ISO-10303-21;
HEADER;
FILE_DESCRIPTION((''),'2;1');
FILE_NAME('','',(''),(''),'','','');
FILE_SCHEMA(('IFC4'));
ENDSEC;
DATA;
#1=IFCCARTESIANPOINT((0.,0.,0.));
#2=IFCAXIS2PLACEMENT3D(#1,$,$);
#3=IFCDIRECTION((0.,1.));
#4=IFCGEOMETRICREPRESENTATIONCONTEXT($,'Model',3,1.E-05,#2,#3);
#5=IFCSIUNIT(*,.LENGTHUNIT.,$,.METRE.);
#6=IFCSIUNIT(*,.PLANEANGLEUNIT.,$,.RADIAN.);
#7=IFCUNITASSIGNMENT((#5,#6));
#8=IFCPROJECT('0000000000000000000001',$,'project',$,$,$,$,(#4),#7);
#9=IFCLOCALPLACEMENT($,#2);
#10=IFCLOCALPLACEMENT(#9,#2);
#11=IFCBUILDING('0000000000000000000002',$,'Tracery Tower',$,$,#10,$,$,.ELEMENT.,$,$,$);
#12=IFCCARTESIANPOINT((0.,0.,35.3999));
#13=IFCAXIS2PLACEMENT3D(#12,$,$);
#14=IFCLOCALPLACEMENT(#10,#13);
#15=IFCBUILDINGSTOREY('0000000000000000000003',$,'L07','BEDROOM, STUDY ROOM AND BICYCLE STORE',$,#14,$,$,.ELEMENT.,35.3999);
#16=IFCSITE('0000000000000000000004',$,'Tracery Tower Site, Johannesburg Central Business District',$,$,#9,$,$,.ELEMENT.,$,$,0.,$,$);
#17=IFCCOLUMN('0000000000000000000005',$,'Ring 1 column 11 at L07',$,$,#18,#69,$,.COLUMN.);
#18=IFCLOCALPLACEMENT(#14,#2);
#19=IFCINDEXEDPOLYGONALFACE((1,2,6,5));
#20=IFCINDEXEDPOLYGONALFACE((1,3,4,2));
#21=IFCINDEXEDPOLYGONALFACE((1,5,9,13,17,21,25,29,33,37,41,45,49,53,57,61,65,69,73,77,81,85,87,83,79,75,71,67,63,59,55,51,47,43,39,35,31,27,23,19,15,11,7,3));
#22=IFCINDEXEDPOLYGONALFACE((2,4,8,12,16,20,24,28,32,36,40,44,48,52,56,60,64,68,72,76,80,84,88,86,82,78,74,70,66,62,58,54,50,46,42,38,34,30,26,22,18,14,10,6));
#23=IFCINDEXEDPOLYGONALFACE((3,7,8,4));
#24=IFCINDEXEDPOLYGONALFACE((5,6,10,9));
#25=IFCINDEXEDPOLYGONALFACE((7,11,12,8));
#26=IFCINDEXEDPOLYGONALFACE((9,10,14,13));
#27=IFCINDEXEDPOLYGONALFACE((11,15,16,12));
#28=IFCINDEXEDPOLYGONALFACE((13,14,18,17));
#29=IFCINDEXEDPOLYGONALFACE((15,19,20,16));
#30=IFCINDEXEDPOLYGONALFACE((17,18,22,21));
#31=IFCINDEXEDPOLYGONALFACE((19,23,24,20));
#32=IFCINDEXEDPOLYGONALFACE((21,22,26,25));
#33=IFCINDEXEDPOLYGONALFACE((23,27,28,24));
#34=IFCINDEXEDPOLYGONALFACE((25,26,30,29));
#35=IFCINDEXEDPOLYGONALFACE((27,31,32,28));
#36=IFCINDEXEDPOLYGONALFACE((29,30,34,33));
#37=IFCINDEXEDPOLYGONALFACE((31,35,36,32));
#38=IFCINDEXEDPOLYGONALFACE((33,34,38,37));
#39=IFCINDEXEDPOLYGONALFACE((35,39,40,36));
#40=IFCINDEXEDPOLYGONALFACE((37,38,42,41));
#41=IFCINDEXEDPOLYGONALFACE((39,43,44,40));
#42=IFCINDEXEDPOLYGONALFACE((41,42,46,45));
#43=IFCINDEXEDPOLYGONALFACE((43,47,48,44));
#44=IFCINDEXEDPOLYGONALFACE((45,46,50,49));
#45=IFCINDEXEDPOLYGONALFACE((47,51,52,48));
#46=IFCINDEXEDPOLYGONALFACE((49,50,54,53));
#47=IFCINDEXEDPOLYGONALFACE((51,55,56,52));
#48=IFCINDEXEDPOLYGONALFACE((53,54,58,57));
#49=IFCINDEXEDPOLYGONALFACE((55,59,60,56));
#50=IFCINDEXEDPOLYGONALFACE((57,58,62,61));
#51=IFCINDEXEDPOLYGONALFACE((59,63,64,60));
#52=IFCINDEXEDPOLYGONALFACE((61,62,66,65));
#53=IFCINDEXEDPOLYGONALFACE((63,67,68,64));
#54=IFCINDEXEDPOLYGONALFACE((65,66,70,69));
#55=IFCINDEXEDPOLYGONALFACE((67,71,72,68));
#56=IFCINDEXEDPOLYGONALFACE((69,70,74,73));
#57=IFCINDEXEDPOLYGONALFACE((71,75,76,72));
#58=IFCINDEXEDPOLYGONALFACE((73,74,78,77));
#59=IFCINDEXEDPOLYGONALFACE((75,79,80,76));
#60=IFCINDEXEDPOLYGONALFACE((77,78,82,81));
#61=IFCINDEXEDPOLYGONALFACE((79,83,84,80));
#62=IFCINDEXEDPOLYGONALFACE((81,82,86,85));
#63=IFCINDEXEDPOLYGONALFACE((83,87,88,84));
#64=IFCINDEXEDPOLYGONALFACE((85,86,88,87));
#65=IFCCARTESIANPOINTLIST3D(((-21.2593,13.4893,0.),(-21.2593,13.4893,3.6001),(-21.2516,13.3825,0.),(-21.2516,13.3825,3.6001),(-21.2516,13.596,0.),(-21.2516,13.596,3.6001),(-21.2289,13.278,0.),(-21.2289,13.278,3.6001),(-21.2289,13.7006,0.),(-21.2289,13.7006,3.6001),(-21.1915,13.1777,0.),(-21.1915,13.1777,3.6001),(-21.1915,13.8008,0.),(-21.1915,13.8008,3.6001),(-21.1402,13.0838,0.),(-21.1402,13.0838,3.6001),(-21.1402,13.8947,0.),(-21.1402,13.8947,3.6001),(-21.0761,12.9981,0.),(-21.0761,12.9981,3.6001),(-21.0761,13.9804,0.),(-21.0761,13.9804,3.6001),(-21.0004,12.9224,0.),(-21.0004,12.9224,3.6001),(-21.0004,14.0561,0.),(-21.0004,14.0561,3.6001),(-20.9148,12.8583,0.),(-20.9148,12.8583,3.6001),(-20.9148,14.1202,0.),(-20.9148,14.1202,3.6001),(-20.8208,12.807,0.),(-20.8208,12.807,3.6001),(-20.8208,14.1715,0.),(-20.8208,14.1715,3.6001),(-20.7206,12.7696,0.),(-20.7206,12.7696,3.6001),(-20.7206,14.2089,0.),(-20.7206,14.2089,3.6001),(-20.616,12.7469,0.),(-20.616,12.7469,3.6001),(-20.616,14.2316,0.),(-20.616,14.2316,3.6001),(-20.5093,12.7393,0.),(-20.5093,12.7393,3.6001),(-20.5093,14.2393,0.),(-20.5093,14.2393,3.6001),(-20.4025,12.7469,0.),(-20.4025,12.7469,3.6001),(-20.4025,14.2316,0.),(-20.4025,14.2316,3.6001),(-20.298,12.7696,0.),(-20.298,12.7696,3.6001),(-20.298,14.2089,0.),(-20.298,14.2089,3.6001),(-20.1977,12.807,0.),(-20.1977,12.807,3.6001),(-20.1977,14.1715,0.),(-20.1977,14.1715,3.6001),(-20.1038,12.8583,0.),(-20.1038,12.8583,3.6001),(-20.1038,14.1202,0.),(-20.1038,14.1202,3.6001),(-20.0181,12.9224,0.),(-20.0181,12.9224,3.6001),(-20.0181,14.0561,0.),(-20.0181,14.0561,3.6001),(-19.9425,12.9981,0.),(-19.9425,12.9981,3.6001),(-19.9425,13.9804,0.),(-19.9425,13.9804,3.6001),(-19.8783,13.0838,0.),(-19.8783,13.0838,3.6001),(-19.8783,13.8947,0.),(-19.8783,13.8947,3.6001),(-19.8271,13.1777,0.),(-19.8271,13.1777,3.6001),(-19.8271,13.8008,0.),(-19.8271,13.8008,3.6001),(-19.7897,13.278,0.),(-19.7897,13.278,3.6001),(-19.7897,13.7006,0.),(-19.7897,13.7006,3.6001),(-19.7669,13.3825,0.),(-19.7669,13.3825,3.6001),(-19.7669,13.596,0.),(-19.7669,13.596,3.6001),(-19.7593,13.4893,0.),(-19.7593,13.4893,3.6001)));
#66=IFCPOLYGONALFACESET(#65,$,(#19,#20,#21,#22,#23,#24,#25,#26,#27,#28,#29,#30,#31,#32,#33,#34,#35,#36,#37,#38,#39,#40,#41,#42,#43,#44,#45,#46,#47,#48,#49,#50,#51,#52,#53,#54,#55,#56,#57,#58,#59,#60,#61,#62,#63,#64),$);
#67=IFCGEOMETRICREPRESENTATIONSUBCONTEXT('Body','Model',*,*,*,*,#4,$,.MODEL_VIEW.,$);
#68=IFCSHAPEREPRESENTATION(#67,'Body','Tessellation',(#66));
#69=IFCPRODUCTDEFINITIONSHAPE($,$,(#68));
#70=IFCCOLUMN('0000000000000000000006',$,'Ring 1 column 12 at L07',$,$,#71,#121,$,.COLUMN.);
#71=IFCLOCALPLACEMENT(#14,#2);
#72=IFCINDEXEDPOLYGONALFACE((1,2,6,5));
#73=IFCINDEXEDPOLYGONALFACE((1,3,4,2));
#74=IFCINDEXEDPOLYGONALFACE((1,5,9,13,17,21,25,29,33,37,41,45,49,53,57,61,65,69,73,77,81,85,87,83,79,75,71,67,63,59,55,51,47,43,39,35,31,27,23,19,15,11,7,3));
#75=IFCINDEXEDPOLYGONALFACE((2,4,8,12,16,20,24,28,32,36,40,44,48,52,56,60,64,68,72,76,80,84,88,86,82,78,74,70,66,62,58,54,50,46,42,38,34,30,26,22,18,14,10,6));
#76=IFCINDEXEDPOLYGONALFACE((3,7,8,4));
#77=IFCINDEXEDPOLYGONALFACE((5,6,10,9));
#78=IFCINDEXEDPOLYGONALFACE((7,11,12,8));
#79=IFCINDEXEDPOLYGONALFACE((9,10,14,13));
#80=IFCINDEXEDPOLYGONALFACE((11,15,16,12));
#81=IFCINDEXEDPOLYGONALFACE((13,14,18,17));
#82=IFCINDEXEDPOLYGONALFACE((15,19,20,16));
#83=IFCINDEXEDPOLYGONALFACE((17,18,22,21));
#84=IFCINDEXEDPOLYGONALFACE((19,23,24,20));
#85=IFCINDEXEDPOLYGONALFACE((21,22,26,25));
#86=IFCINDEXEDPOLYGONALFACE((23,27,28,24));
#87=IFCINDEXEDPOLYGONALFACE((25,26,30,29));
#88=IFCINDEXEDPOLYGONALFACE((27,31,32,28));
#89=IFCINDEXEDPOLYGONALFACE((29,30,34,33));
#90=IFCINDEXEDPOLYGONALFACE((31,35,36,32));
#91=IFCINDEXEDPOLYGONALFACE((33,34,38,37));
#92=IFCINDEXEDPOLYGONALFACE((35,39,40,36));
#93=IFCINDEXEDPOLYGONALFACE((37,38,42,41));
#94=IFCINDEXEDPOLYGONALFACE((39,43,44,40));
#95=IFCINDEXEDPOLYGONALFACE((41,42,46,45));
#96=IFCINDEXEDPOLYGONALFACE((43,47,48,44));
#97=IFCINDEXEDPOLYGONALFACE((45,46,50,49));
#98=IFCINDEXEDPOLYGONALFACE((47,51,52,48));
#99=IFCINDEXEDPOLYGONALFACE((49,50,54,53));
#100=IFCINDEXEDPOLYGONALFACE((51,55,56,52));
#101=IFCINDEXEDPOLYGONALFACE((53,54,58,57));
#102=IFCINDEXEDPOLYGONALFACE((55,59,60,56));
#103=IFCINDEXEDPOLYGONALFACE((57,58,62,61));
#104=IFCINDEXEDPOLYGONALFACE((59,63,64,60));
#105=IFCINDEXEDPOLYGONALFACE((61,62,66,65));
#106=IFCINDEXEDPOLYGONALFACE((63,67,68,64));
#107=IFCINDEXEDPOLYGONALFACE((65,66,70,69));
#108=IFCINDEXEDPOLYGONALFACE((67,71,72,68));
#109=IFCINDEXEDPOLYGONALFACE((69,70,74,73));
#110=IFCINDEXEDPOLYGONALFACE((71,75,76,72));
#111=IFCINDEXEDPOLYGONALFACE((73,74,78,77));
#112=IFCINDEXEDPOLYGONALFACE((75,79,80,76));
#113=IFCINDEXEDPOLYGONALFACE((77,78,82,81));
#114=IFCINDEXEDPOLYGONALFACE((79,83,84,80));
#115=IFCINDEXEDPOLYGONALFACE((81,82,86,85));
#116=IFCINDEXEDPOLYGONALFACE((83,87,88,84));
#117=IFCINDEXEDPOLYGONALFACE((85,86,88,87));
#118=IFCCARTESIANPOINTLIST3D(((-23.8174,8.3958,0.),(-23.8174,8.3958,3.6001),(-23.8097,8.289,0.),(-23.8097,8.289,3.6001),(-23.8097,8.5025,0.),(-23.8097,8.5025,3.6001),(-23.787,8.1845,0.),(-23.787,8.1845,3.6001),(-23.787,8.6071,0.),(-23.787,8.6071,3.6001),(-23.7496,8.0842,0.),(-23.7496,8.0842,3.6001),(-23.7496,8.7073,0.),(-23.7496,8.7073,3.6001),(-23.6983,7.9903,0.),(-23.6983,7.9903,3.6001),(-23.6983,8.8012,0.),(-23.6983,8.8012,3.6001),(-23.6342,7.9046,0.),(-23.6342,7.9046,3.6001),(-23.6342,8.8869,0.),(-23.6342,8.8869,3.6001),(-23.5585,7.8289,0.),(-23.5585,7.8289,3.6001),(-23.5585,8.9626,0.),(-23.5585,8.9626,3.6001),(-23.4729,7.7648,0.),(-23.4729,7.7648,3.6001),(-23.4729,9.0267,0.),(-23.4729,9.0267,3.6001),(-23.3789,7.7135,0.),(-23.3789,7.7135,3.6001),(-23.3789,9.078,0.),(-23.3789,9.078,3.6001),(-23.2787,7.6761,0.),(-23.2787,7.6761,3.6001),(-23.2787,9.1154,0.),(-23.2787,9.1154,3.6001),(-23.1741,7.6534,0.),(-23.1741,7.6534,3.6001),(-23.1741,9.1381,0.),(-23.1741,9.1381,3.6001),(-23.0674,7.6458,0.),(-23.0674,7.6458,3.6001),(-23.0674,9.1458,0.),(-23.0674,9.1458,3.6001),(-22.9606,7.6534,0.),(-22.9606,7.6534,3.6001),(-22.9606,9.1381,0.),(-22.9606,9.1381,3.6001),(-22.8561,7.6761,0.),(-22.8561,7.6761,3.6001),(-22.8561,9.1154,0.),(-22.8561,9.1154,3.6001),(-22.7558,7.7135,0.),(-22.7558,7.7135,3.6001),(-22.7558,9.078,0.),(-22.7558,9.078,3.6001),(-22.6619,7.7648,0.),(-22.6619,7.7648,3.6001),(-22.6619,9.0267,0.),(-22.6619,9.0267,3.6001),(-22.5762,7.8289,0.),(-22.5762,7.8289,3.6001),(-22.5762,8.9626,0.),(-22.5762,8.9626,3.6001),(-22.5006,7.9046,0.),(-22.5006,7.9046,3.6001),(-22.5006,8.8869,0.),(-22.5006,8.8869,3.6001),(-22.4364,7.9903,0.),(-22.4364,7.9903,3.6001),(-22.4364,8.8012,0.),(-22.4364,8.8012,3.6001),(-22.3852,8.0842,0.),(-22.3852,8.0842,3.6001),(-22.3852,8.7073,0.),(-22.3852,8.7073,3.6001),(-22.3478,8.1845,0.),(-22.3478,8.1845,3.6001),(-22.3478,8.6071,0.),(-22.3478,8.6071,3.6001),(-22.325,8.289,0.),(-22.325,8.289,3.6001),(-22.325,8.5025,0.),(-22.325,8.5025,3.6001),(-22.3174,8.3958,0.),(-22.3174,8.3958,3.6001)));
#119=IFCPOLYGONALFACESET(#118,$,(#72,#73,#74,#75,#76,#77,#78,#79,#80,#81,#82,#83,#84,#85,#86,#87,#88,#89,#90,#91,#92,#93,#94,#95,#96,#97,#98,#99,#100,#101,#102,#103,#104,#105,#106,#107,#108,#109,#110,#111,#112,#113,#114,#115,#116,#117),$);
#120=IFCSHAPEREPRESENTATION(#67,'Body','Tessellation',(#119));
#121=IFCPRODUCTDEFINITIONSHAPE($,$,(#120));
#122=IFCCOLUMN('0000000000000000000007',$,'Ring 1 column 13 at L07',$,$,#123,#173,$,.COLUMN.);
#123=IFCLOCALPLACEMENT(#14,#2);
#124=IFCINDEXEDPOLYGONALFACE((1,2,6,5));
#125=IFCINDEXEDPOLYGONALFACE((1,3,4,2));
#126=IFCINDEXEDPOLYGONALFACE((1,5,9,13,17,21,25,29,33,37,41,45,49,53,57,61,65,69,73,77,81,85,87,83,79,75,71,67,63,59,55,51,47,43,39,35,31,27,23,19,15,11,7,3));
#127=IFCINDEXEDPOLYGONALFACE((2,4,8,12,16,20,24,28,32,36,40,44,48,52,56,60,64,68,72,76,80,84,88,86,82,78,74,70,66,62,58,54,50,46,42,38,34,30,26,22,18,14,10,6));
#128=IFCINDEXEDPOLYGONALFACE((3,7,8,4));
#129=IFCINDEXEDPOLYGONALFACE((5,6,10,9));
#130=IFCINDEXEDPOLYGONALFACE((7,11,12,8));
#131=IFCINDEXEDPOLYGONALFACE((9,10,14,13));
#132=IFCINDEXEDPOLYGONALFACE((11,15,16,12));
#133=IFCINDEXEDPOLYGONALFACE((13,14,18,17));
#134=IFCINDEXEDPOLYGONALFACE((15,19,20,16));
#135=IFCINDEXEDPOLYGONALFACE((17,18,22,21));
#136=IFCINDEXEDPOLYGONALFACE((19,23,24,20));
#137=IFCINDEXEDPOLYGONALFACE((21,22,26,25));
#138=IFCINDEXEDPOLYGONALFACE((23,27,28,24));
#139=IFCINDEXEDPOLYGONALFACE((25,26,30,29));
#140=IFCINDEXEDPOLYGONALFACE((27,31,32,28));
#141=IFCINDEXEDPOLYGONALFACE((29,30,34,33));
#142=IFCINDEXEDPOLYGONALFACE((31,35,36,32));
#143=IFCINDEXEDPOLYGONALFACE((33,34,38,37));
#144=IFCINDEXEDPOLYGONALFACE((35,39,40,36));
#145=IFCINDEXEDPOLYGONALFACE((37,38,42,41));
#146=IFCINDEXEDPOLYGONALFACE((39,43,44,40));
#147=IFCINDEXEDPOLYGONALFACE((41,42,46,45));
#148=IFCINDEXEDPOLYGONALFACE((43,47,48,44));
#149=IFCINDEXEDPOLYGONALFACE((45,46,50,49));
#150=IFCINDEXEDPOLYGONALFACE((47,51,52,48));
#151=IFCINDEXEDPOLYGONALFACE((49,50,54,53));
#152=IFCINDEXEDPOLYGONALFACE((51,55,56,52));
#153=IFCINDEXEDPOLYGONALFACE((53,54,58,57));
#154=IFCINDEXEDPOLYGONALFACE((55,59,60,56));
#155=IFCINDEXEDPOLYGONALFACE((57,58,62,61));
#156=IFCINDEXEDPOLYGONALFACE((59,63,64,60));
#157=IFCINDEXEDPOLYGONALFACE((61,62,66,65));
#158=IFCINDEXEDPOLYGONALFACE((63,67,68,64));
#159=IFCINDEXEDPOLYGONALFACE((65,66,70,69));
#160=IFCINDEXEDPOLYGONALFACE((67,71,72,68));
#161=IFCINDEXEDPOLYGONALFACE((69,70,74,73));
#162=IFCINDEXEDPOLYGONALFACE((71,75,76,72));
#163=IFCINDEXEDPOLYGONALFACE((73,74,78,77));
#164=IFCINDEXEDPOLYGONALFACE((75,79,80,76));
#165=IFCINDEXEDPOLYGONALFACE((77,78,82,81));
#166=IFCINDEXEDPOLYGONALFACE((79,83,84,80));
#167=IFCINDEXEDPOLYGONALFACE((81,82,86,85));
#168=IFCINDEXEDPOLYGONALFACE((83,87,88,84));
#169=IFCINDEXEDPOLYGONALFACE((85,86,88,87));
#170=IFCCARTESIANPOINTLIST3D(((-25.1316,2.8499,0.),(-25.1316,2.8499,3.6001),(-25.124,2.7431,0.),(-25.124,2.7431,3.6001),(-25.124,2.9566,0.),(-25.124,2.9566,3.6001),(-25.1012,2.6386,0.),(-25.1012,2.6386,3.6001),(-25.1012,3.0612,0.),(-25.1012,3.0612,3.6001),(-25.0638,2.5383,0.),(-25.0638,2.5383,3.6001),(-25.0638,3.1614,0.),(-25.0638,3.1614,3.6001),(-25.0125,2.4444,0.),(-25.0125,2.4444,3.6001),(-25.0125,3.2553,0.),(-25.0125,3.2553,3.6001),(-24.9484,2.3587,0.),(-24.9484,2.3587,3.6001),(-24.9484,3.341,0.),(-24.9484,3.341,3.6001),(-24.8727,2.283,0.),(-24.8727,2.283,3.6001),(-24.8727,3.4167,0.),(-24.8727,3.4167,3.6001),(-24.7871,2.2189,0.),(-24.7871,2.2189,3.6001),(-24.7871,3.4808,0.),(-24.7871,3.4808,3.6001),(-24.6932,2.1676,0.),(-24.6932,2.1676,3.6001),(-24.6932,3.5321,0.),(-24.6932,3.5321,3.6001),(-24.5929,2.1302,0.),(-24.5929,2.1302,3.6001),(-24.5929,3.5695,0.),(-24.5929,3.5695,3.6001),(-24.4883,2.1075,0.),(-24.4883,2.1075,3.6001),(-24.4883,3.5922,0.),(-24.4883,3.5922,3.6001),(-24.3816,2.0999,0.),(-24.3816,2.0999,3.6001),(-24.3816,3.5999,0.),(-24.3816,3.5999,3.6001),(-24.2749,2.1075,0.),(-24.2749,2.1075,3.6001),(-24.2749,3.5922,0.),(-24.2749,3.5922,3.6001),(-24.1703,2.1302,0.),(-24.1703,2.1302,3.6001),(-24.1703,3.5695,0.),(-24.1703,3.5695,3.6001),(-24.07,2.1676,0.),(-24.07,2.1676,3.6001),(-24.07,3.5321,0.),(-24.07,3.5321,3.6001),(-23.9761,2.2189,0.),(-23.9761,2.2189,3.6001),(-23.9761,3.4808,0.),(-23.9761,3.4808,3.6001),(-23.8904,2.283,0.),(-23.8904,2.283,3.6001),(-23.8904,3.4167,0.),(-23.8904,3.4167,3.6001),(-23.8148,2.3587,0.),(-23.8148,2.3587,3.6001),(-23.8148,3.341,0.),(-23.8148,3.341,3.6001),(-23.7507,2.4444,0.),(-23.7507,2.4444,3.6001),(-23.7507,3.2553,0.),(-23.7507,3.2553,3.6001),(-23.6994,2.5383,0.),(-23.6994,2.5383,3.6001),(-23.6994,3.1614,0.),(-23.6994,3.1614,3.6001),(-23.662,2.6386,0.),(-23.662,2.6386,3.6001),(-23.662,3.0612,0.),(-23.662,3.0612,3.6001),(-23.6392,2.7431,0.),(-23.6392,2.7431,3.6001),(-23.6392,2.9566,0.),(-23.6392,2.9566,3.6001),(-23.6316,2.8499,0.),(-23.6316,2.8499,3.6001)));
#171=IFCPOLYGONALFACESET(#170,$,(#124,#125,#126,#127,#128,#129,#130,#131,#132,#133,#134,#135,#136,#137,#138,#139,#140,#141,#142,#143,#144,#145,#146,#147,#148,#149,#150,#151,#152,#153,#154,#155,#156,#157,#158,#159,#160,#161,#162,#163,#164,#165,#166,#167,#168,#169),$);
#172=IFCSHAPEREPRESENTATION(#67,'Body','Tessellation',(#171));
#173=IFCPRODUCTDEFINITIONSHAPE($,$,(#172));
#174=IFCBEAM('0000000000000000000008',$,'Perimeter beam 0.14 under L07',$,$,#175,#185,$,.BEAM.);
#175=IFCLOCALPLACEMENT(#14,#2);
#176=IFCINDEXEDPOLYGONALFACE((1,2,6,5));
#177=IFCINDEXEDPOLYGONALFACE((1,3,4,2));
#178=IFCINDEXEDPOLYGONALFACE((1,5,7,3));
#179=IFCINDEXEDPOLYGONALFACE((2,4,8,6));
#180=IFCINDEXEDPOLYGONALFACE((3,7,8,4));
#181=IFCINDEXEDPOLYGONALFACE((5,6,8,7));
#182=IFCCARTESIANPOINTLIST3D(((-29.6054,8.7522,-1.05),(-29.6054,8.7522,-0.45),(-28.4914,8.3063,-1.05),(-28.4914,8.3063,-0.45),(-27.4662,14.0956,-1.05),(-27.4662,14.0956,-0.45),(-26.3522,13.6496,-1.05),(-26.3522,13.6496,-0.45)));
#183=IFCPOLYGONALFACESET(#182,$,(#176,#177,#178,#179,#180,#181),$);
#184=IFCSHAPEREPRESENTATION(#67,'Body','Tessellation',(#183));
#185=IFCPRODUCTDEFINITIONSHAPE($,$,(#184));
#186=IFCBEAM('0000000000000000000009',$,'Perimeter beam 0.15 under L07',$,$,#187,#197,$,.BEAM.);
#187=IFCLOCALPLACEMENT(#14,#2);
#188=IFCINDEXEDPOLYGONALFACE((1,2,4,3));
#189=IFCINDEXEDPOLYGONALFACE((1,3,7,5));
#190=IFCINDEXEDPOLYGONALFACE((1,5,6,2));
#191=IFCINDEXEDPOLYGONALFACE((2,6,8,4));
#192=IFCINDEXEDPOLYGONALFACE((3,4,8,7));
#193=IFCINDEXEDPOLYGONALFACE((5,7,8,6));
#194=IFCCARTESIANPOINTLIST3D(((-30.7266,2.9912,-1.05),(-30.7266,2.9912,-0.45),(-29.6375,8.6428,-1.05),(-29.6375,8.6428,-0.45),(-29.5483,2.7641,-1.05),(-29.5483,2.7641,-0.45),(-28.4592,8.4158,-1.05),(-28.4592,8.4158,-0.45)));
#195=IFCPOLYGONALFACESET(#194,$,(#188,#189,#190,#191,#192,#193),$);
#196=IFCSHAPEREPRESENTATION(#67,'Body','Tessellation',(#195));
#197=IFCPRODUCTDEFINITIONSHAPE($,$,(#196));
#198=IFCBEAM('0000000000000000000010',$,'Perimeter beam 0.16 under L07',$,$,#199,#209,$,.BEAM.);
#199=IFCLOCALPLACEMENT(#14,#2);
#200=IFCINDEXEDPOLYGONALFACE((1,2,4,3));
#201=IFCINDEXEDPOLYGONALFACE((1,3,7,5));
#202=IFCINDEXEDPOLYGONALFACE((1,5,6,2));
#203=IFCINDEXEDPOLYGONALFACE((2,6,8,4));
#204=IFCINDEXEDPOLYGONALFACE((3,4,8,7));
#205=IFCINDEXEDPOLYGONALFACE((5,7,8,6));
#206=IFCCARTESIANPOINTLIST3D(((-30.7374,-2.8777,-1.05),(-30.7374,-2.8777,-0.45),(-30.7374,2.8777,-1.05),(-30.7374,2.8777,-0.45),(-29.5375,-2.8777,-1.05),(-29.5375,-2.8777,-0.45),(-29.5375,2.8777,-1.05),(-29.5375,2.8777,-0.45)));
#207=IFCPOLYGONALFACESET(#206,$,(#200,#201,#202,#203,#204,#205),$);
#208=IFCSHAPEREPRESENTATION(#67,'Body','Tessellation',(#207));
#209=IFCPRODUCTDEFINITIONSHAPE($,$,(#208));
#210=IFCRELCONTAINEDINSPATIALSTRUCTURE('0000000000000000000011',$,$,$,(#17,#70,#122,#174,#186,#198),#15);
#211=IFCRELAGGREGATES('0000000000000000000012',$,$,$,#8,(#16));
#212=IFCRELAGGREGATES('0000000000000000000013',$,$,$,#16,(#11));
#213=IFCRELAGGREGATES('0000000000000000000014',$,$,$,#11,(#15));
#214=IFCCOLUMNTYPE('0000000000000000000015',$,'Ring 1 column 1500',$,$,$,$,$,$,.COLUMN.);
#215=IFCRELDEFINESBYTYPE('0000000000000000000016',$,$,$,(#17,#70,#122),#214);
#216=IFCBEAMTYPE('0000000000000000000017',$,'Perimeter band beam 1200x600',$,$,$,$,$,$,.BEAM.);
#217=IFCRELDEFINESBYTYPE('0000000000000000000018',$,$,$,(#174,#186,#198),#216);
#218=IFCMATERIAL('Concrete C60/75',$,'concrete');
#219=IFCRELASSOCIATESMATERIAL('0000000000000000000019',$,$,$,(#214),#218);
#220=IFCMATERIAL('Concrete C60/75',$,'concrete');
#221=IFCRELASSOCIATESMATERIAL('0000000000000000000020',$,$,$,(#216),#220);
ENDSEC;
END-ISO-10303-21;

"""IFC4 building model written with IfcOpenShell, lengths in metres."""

from ifc_helpers import new_model, si_unit, direction, frame, origin, origin_2d, place, context, subcontext, project, spatial, rectangle, circle, extrude, material, material_profile, profile_set, type_object, element, save


model = new_model("IFC4")

# Units and contexts
model_context = context("Model", 3, precision=1e-05, world=origin(), true_north=direction((0.0, 1.0)))
body_context = subcontext(model_context, "Body", "Model", "MODEL_VIEW")
ifc_project = project(units=[si_unit("LENGTHUNIT", "METRE"), si_unit("PLANEANGLEUNIT", "RADIAN")], contexts=[model_context])

# Site, building, storey
site_placement = place(None, origin())
site = spatial("IfcSite", under=ifc_project, at=site_placement, Name="Tracery Tower Site, Johannesburg Central Business District", CompositionType="ELEMENT", RefElevation=0.0)
building_placement = place(site_placement, origin())
building = spatial("IfcBuilding", under=site, at=building_placement, Name="Tracery Tower", CompositionType="ELEMENT")
storey_placement = place(building_placement, frame((0.0, 0.0, 35.3999)))
storey = spatial("IfcBuildingStorey", under=building, at=storey_placement, Name="L07", Description="BEDROOM, STUDY ROOM AND BICYCLE STORE", CompositionType="ELEMENT", Elevation=35.3999)

# Columns
ifc_material_1 = material(Name="Concrete C60/75", Category="concrete")
ifc_material_profile_1 = material_profile(ifc_material_1, circle(Radius=0.75, at=origin_2d()), Name="RC D1500")
ifc_profile_set_1 = profile_set([ifc_material_profile_1], Name="Concrete C60/75")
column_type_1 = type_object("IfcColumnType", Name="Ring 1 column 1500", PredefinedType="COLUMN", material=ifc_profile_set_1)
for number, where, z_axis, x_axis, name in (
    (1, (-20.5093, 13.4893, 0.0), (0.0, 0.0, 1.0), (1.0, 0.0, 0.0), "Ring 1 column 11 at L07"),
    (2, (-23.0674, 8.3958, 0.0), (0.0, 0.0, 1.0), (1.0, 0.0, 0.0), "Ring 1 column 12 at L07"),
    (3, (-24.3816, 2.8499, 0.0), (0.0, 0.0, 1.0), (1.0, 0.0, 0.0), "Ring 1 column 13 at L07"),
):
    element("IfcColumn", number, at=place(storey_placement, frame(where, z_axis=z_axis, x_axis=x_axis)), inside=storey, type_object=column_type_1, Name=name, PredefinedType="COLUMN", context=body_context, shape_type="SweptSolid", body=[
        extrude(circle(Radius=0.75, at=origin_2d()), origin(), (0.0, 0.0, 1.0), 3.6001),
    ])

# Beams
ifc_material_2 = material(Name="Concrete C60/75", Category="concrete")
ifc_material_profile_2 = material_profile(ifc_material_2, rectangle(XDim=1.2, YDim=0.6001, at=origin_2d()), Name="RC 1200x600")
ifc_profile_set_2 = profile_set([ifc_material_profile_2], Name="Concrete C60/75")
beam_type = type_object("IfcBeamType", Name="Perimeter band beam 1200x600", PredefinedType="BEAM", material=ifc_profile_set_2)
for number, where, z_axis, x_axis, name in (
    (4, (-26.9092, 13.8726, -0.75), (-0.371669, -0.928365, 0.0), (0.928365, -0.371669, 0.0), "Perimeter beam 0.14 under L07"),
    (5, (-29.0483, 8.5293, -0.75), (-0.189227, -0.981933, 0.0), (0.981933, -0.189227, 0.0), "Perimeter beam 0.15 under L07"),
):
    element("IfcBeam", number, at=place(storey_placement, frame(where, z_axis=z_axis, x_axis=x_axis)), inside=storey, type_object=beam_type, Name=name, PredefinedType="BEAM", context=body_context, shape_type="SweptSolid", body=[
        extrude(rectangle(XDim=1.2, YDim=0.6001, at=origin_2d()), origin(), (0.0, 0.0, 1.0), 5.7556),
    ])
beam_placement = place(storey_placement, frame((-30.1375, 2.8777, -0.75), z_axis=(0.0, -1.0, 0.0), x_axis=(1.0, 0.0, 0.0)))
element("IfcBeam", 6, at=beam_placement, inside=storey, type_object=beam_type, Name="Perimeter beam 0.16 under L07", PredefinedType="BEAM", context=body_context, shape_type="SweptSolid", body=[
    extrude(rectangle(XDim=1.2, YDim=0.6001, at=origin_2d()), origin(), (0.0, 0.0, 1.0), 5.7554),
])

save(model, "model.ifc")
